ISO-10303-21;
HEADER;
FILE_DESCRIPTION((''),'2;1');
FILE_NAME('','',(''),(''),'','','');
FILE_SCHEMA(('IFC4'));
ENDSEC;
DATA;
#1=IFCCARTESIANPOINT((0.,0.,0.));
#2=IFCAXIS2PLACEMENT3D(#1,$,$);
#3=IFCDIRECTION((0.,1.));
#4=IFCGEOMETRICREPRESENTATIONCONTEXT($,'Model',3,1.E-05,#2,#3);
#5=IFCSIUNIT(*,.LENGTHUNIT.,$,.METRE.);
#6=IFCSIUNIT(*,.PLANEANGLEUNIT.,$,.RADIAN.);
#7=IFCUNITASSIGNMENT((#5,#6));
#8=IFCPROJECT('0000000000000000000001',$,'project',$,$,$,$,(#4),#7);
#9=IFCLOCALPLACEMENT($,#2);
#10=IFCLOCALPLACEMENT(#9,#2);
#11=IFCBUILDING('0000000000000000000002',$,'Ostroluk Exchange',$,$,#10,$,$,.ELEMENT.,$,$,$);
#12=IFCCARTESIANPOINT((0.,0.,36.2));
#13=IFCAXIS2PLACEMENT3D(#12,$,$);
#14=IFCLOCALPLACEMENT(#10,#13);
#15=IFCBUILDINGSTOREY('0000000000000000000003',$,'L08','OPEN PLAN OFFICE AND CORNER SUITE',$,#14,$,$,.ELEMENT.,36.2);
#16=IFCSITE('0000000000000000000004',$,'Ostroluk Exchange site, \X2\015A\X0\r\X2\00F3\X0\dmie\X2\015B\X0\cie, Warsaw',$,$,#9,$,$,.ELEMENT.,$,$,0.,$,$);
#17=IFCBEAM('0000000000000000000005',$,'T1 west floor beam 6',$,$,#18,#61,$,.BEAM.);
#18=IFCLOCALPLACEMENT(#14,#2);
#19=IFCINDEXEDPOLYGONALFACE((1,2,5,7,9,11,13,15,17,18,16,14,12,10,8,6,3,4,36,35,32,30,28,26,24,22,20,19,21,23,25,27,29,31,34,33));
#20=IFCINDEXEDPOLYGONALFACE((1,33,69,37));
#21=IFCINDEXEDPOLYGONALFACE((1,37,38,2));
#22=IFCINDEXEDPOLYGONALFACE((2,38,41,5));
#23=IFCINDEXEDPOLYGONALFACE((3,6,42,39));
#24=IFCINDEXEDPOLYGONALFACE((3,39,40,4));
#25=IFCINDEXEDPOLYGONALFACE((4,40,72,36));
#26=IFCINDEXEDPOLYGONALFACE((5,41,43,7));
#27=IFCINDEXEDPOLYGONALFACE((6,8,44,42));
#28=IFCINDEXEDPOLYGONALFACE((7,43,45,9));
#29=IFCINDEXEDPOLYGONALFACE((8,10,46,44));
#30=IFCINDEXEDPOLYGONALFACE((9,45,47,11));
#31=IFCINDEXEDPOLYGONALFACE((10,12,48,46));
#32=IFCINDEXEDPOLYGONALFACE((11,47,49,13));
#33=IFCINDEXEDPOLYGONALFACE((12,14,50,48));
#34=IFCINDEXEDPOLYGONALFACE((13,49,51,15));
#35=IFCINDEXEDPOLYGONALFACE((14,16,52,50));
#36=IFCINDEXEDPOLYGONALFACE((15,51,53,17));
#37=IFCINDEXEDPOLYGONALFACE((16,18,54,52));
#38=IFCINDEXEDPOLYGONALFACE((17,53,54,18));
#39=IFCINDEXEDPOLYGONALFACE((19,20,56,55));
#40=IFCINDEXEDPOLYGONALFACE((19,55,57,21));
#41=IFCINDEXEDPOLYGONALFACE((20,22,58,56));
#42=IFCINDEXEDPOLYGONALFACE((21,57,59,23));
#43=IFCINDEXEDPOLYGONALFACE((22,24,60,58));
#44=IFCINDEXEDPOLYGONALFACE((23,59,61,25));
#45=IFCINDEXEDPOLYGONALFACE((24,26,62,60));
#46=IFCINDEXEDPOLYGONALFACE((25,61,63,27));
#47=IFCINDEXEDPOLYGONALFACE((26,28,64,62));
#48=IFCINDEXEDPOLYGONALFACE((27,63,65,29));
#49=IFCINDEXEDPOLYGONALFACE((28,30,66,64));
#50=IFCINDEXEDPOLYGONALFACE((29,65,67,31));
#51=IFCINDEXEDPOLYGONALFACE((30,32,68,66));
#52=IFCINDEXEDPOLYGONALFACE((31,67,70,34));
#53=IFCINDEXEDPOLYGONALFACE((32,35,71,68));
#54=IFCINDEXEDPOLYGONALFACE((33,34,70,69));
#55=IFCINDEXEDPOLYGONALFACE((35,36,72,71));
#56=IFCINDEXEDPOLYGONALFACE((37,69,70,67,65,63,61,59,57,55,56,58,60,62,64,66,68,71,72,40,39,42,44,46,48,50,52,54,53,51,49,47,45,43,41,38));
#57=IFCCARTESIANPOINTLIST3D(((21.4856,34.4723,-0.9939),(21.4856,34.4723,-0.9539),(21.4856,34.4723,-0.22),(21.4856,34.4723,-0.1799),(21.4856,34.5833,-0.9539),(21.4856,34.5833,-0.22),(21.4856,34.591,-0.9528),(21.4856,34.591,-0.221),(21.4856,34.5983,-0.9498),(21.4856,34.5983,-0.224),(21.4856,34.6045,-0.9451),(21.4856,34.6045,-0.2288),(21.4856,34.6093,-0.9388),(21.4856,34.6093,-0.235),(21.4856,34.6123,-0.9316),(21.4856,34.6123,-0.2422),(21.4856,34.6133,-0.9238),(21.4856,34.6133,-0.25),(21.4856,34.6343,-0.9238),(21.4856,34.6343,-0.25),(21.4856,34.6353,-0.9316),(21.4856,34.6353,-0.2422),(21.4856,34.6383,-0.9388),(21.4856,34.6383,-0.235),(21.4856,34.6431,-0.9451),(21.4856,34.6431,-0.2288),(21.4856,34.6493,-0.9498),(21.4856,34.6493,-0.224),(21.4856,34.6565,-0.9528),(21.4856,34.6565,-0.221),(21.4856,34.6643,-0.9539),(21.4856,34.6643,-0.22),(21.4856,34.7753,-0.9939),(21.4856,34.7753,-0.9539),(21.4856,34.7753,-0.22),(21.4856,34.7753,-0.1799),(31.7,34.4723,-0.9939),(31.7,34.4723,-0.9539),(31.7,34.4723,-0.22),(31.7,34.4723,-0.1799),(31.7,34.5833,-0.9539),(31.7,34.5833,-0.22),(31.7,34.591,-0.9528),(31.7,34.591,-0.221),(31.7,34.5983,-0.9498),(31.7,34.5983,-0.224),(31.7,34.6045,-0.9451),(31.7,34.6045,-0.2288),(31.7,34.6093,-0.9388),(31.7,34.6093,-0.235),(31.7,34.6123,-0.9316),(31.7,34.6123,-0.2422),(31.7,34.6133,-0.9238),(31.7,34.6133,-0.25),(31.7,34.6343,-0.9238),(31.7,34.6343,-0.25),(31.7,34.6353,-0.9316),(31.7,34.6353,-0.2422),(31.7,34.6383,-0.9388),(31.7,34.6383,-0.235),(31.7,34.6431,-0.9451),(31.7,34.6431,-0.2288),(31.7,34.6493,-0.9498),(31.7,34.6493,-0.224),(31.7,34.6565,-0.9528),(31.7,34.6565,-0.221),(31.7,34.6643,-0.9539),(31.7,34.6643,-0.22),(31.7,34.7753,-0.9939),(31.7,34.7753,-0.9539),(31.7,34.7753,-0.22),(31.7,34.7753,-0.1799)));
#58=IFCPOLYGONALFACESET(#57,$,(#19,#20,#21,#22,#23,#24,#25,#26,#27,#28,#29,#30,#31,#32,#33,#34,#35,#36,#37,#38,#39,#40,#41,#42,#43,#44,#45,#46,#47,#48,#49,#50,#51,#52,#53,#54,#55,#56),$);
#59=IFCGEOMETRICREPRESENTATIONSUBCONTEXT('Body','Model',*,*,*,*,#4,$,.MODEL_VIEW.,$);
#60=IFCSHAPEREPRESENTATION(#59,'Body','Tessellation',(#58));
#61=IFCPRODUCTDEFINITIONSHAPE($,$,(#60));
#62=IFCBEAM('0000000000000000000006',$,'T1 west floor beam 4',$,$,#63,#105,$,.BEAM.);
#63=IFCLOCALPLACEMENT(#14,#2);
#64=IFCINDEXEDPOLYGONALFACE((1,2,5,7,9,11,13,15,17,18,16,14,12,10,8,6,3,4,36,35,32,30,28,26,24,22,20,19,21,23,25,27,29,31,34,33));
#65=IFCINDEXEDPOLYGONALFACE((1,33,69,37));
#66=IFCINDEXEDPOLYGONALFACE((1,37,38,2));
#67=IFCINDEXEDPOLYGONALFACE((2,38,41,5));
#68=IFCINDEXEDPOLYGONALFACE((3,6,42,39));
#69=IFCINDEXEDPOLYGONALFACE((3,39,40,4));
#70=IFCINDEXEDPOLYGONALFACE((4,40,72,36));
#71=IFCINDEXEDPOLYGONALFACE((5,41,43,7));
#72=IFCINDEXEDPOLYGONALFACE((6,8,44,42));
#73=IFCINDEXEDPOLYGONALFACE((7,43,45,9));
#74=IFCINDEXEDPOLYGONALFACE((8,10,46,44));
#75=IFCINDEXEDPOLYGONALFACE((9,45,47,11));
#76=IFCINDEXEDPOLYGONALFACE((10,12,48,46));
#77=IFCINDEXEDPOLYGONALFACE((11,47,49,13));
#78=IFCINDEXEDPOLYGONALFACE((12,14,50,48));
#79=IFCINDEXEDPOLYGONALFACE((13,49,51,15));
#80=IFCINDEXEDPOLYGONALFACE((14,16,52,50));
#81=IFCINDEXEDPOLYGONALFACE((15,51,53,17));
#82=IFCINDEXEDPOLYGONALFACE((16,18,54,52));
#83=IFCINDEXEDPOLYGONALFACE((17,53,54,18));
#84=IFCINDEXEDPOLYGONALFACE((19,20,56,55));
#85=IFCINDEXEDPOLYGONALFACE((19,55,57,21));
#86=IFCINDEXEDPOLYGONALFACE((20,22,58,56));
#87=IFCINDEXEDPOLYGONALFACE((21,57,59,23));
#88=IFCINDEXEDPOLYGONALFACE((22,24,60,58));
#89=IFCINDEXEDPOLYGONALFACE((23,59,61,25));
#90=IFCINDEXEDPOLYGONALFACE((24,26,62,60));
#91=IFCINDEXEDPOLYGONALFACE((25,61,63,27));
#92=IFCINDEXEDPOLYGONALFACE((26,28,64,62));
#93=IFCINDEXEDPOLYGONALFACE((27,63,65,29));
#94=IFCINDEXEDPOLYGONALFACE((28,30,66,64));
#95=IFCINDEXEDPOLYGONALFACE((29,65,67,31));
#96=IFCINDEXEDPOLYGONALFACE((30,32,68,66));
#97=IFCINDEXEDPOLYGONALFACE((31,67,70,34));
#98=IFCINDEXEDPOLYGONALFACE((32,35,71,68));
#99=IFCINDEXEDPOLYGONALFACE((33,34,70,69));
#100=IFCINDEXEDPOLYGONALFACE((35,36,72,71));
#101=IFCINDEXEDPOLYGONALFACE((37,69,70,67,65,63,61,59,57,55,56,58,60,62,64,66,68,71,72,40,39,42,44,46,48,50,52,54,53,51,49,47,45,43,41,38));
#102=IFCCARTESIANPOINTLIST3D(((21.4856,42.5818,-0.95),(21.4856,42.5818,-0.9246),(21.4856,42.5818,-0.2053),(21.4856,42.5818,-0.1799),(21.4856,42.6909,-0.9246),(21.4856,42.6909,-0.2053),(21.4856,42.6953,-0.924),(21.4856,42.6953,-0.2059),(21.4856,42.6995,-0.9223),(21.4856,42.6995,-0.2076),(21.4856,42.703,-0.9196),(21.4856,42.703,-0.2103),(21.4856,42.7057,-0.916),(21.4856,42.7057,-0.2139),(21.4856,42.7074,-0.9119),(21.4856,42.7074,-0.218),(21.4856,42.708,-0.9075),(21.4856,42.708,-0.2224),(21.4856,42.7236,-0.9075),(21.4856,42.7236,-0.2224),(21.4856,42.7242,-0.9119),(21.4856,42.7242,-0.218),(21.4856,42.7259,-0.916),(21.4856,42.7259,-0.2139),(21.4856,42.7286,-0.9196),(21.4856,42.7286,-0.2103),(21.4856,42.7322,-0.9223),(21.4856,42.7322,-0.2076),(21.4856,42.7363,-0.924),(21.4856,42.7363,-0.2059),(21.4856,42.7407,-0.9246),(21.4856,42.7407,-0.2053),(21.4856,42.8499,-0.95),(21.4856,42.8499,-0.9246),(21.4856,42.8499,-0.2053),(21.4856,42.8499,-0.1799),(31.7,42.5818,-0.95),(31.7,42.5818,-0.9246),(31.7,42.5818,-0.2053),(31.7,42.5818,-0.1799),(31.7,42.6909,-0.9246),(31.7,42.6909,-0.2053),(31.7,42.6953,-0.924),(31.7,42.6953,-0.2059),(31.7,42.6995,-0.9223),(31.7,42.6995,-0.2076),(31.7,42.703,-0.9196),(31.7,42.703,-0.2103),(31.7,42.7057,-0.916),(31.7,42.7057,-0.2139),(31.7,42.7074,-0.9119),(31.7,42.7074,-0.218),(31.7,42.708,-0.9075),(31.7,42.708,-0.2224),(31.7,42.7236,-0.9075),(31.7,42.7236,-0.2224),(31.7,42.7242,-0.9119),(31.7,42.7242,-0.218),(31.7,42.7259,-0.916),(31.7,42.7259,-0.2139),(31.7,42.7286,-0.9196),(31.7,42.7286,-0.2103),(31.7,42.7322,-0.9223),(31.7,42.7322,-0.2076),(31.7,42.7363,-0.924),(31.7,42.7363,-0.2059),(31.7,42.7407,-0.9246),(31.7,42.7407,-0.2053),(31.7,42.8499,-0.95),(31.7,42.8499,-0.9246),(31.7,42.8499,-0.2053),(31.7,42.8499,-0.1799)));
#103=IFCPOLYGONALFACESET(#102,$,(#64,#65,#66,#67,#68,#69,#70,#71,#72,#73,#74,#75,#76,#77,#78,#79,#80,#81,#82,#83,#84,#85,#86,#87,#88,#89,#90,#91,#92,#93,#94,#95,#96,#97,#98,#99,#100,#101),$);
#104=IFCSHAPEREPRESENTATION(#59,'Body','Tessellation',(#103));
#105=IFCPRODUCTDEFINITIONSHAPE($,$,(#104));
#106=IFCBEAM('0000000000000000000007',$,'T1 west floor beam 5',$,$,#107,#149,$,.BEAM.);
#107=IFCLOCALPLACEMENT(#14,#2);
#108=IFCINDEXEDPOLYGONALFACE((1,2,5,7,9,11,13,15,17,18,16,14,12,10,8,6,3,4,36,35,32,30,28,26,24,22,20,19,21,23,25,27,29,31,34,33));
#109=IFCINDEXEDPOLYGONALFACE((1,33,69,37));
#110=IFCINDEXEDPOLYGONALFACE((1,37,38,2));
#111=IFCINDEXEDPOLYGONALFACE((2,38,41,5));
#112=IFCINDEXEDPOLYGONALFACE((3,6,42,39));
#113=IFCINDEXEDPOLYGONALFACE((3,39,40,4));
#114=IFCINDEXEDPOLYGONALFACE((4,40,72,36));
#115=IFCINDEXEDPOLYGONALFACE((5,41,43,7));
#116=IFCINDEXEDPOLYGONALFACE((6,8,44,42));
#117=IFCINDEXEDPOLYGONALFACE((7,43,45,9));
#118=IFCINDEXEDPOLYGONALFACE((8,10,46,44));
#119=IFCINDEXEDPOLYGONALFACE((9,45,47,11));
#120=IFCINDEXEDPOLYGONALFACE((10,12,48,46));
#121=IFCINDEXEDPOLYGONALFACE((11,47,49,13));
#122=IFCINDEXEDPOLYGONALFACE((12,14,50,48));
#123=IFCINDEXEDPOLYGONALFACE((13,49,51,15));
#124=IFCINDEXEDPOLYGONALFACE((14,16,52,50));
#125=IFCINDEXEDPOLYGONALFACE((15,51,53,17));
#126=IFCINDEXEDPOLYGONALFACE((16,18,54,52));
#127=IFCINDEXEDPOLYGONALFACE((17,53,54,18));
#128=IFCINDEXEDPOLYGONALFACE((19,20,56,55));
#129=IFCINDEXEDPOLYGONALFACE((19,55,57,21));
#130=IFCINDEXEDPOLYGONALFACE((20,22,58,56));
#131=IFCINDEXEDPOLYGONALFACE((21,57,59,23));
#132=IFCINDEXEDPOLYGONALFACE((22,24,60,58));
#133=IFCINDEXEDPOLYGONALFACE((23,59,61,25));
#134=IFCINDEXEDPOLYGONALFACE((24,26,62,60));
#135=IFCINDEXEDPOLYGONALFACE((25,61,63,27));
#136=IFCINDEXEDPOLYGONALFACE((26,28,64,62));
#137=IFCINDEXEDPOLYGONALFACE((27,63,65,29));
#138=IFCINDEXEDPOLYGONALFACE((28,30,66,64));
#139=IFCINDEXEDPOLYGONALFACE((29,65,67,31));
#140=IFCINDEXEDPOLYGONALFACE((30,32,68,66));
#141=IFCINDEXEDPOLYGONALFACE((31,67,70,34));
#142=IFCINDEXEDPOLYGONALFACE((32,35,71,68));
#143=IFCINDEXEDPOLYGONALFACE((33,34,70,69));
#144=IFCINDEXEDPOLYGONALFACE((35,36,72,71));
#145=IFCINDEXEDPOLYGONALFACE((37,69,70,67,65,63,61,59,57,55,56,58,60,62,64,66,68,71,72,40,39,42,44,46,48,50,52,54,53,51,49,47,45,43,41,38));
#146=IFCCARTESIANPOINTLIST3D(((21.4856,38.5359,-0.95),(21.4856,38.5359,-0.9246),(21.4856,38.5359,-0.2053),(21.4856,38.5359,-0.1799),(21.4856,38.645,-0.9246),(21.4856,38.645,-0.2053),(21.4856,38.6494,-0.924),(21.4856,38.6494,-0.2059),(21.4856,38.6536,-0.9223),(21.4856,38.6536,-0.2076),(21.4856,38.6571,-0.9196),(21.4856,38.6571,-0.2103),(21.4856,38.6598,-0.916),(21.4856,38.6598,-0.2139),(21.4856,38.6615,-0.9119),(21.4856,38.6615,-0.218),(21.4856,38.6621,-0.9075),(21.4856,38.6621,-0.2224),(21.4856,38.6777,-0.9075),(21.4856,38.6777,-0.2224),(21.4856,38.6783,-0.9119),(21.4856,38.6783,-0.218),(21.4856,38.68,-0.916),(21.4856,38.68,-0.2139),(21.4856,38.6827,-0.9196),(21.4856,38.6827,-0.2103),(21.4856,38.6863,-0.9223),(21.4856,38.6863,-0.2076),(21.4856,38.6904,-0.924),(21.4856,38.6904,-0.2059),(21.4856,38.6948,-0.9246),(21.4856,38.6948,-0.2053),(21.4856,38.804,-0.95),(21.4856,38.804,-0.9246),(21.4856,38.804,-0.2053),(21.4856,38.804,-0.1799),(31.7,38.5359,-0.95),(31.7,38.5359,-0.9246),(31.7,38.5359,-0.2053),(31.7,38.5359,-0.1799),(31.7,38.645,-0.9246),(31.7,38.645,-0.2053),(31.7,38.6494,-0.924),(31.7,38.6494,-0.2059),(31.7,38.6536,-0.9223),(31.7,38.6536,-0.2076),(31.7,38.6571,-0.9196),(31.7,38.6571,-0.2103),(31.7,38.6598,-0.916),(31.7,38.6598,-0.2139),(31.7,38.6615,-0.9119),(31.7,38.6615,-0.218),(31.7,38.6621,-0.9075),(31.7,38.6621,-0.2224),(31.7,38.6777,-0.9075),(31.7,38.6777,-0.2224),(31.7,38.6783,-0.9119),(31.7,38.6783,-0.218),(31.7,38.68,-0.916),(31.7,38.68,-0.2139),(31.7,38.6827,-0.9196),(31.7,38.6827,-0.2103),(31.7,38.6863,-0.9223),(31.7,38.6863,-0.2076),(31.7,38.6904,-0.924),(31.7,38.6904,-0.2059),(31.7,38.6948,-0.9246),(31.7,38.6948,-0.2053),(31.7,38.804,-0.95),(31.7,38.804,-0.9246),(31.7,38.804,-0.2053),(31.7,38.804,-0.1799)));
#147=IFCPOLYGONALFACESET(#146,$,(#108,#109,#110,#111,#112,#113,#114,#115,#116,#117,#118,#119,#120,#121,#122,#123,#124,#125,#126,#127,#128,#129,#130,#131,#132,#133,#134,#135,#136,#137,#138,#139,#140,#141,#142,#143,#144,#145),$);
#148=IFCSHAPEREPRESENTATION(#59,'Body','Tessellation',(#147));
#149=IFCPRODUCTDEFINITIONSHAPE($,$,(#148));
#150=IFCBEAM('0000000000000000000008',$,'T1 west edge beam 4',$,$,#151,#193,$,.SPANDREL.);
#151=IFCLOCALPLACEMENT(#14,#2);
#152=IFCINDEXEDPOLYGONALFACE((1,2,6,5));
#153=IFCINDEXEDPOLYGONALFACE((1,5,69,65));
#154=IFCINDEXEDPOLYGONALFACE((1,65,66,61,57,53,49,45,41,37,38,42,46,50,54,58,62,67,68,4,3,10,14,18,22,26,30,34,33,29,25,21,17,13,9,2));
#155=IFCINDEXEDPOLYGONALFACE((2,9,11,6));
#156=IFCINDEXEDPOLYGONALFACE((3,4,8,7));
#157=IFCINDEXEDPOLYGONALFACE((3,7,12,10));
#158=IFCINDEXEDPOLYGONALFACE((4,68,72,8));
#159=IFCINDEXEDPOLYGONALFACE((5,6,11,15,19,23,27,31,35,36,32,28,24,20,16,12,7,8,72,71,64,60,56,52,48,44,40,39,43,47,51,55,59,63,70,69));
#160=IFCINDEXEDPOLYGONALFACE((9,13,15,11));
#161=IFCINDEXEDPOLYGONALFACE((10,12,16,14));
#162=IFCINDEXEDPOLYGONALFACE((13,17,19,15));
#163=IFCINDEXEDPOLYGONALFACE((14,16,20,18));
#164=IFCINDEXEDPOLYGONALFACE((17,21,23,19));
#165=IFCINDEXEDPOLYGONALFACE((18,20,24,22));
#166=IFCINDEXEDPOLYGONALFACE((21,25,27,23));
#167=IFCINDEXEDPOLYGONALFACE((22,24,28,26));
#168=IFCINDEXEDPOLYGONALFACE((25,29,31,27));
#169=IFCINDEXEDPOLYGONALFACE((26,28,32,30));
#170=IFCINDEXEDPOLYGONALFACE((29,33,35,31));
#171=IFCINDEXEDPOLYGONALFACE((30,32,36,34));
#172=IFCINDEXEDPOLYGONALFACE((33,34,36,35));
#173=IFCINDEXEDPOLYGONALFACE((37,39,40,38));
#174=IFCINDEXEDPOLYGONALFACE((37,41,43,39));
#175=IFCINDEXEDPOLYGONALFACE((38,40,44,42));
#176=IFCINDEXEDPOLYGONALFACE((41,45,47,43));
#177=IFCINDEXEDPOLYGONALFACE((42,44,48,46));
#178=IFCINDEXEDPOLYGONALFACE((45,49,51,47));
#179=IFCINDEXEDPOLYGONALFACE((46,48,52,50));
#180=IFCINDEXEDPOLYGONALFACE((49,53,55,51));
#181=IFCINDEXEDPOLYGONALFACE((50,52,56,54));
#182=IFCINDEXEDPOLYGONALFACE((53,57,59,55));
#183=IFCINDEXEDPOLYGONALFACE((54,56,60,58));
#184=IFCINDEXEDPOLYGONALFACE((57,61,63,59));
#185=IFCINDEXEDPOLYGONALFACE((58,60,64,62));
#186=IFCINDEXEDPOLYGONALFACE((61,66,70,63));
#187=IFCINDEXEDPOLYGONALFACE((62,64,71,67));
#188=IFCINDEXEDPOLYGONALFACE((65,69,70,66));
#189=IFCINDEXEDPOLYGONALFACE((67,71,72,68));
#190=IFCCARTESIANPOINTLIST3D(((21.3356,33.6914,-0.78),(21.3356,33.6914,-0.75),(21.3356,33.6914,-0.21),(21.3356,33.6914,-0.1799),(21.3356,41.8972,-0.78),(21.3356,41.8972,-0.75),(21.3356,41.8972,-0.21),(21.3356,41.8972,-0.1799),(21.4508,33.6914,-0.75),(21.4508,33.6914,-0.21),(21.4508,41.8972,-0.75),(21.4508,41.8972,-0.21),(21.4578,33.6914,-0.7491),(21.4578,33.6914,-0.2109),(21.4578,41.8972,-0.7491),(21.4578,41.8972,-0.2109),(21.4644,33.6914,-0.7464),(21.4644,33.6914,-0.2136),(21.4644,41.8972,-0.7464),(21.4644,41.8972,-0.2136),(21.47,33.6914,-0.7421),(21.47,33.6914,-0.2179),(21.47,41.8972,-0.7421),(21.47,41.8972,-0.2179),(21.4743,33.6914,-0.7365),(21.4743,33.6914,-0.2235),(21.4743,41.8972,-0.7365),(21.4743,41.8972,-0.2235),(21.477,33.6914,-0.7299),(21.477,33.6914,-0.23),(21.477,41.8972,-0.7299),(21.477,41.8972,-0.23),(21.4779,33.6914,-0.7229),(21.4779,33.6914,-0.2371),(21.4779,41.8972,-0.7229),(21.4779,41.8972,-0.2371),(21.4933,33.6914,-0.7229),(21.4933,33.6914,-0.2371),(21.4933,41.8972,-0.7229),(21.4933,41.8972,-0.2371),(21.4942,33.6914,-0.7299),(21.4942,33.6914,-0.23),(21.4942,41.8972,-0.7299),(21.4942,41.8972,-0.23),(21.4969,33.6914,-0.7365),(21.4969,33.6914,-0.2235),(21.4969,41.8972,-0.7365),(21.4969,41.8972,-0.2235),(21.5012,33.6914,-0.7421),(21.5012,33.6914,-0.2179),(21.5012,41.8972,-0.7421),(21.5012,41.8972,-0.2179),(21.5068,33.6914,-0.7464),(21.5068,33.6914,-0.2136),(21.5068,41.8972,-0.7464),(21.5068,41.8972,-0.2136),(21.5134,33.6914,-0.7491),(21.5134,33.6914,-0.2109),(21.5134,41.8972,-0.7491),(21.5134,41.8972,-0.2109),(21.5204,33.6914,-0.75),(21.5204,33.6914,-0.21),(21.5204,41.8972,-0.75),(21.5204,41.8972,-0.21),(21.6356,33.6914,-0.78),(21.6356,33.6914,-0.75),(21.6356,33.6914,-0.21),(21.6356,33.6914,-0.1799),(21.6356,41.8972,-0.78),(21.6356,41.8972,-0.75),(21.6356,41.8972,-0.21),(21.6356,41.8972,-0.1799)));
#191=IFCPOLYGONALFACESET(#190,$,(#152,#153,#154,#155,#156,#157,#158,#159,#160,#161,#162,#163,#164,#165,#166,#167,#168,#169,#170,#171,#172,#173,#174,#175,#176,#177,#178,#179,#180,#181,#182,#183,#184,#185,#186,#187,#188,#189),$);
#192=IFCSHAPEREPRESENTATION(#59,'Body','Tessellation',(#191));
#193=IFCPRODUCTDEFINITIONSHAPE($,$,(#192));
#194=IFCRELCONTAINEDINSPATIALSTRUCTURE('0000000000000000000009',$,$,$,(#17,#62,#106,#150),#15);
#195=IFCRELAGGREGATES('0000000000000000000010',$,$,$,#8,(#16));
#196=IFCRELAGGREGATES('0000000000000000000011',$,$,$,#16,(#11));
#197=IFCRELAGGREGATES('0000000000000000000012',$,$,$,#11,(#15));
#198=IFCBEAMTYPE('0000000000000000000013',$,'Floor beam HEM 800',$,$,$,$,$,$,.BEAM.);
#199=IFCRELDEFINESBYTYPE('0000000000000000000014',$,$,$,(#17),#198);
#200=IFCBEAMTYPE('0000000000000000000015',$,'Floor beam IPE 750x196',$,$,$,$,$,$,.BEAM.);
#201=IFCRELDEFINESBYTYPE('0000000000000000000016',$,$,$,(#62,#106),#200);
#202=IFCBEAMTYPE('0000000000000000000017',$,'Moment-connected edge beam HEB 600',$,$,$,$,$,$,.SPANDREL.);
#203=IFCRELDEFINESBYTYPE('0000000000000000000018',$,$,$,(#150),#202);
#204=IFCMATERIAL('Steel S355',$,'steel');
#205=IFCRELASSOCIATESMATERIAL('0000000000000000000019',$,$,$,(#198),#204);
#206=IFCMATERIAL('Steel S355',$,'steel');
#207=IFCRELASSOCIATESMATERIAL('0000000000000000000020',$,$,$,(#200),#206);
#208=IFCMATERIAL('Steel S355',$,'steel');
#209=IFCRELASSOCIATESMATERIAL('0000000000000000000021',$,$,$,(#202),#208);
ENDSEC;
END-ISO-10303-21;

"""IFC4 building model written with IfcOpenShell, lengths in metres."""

from ifc_helpers import new_model, si_unit, direction, frame, origin, origin_2d, place, context, subcontext, project, spatial, i_section, extrude, material, material_profile, profile_set, type_object, element, save


model = new_model("IFC4")

# Units and contexts
model_context = context("Model", 3, precision=1e-05, world=origin(), true_north=direction((0.0, 1.0)))
body_context = subcontext(model_context, "Body", "Model", "MODEL_VIEW")
ifc_project = project(units=[si_unit("LENGTHUNIT", "METRE"), si_unit("PLANEANGLEUNIT", "RADIAN")], contexts=[model_context])

# Site, building, storey
site_placement = place(None, origin())
site = spatial("IfcSite", under=ifc_project, at=site_placement, Name="Ostroluk Exchange site, Śródmieście, Warsaw", CompositionType="ELEMENT", RefElevation=0.0)
building_placement = place(site_placement, origin())
building = spatial("IfcBuilding", under=site, at=building_placement, Name="Ostroluk Exchange", CompositionType="ELEMENT")
storey_placement = place(building_placement, frame((0.0, 0.0, 36.2)))
storey = spatial("IfcBuildingStorey", under=building, at=storey_placement, Name="L08", Description="OPEN PLAN OFFICE AND CORNER SUITE", CompositionType="ELEMENT", Elevation=36.2)

# Beams
ifc_material_1 = material(Name="Steel S355", Category="steel")
ifc_material_profile_1 = material_profile(ifc_material_1, i_section(OverallWidth=0.303, OverallDepth=0.814, WebThickness=0.021, FlangeThickness=0.04, FilletRadius=0.03, at=origin_2d()), Name="HEM 800")
ifc_profile_set_1 = profile_set([ifc_material_profile_1], Name="Steel S355")
beam_type_1 = type_object("IfcBeamType", Name="Floor beam HEM 800", PredefinedType="BEAM", material=ifc_profile_set_1)
beam_placement = place(storey_placement, frame((31.7, 34.6238, -0.5869), z_axis=(-1.0, 0.0, 0.0), x_axis=(0.0, -1.0, 0.0)))
element("IfcBeam", 1, at=beam_placement, inside=storey, type_object=beam_type_1, Name="T1 west floor beam 6", PredefinedType="BEAM", context=body_context, shape_type="SweptSolid", body=[
    extrude(i_section(OverallWidth=0.303, OverallDepth=0.814, WebThickness=0.021, FlangeThickness=0.04, FilletRadius=0.03, at=origin_2d()), origin(), (0.0, 0.0, 1.0), 10.2144),
])
ifc_material_2 = material(Name="Steel S355", Category="steel")
ifc_material_profile_2 = material_profile(ifc_material_2, i_section(OverallWidth=0.2681, OverallDepth=0.77, WebThickness=0.0156, FlangeThickness=0.0254, FilletRadius=0.0171, at=origin_2d()), Name="IPE 750x196")
ifc_profile_set_2 = profile_set([ifc_material_profile_2], Name="Steel S355")
beam_type_2 = type_object("IfcBeamType", Name="Floor beam IPE 750x196", PredefinedType="BEAM", material=ifc_profile_set_2)
for number, where, z_axis, x_axis, name in (
    (2, (31.7, 42.7158, -0.5649), (-1.0, 0.0, 0.0), (0.0, -1.0, 0.0), "T1 west floor beam 4"),
    (3, (31.7, 38.6699, -0.5649), (-1.0, 0.0, 0.0), (0.0, -1.0, 0.0), "T1 west floor beam 5"),
):
    element("IfcBeam", number, at=place(storey_placement, frame(where, z_axis=z_axis, x_axis=x_axis)), inside=storey, type_object=beam_type_2, Name=name, PredefinedType="BEAM", context=body_context, shape_type="SweptSolid", body=[
        extrude(i_section(OverallWidth=0.2681, OverallDepth=0.77, WebThickness=0.0156, FlangeThickness=0.0254, FilletRadius=0.0171, at=origin_2d()), origin(), (0.0, 0.0, 1.0), 10.2144),
    ])
ifc_material_3 = material(Name="Steel S355", Category="steel")
ifc_material_profile_3 = material_profile(ifc_material_3, i_section(OverallWidth=0.3, OverallDepth=0.6001, WebThickness=0.0154, FlangeThickness=0.03, FilletRadius=0.0271, at=origin_2d()), Name="HEB 600")
ifc_profile_set_3 = profile_set([ifc_material_profile_3], Name="Steel S355")
beam_type_3 = type_object("IfcBeamType", Name="Moment-connected edge beam HEB 600", PredefinedType="SPANDREL", material=ifc_profile_set_3)
for number, where, z_axis, x_axis, name in (
    (4, (21.4856, 41.8972, -0.48), (0.0, -1.0, 0.0), (1.0, 0.0, 0.0), "T1 west edge beam 4"),
):
    element("IfcBeam", number, at=place(storey_placement, frame(where, z_axis=z_axis, x_axis=x_axis)), inside=storey, type_object=beam_type_3, Name=name, PredefinedType="SPANDREL", context=body_context, shape_type="SweptSolid", body=[
        extrude(i_section(OverallWidth=0.3, OverallDepth=0.6001, WebThickness=0.0154, FlangeThickness=0.03, FilletRadius=0.0271, at=origin_2d()), origin(), (0.0, 0.0, 1.0), 8.2058),
    ])

save(model, "model.ifc")
